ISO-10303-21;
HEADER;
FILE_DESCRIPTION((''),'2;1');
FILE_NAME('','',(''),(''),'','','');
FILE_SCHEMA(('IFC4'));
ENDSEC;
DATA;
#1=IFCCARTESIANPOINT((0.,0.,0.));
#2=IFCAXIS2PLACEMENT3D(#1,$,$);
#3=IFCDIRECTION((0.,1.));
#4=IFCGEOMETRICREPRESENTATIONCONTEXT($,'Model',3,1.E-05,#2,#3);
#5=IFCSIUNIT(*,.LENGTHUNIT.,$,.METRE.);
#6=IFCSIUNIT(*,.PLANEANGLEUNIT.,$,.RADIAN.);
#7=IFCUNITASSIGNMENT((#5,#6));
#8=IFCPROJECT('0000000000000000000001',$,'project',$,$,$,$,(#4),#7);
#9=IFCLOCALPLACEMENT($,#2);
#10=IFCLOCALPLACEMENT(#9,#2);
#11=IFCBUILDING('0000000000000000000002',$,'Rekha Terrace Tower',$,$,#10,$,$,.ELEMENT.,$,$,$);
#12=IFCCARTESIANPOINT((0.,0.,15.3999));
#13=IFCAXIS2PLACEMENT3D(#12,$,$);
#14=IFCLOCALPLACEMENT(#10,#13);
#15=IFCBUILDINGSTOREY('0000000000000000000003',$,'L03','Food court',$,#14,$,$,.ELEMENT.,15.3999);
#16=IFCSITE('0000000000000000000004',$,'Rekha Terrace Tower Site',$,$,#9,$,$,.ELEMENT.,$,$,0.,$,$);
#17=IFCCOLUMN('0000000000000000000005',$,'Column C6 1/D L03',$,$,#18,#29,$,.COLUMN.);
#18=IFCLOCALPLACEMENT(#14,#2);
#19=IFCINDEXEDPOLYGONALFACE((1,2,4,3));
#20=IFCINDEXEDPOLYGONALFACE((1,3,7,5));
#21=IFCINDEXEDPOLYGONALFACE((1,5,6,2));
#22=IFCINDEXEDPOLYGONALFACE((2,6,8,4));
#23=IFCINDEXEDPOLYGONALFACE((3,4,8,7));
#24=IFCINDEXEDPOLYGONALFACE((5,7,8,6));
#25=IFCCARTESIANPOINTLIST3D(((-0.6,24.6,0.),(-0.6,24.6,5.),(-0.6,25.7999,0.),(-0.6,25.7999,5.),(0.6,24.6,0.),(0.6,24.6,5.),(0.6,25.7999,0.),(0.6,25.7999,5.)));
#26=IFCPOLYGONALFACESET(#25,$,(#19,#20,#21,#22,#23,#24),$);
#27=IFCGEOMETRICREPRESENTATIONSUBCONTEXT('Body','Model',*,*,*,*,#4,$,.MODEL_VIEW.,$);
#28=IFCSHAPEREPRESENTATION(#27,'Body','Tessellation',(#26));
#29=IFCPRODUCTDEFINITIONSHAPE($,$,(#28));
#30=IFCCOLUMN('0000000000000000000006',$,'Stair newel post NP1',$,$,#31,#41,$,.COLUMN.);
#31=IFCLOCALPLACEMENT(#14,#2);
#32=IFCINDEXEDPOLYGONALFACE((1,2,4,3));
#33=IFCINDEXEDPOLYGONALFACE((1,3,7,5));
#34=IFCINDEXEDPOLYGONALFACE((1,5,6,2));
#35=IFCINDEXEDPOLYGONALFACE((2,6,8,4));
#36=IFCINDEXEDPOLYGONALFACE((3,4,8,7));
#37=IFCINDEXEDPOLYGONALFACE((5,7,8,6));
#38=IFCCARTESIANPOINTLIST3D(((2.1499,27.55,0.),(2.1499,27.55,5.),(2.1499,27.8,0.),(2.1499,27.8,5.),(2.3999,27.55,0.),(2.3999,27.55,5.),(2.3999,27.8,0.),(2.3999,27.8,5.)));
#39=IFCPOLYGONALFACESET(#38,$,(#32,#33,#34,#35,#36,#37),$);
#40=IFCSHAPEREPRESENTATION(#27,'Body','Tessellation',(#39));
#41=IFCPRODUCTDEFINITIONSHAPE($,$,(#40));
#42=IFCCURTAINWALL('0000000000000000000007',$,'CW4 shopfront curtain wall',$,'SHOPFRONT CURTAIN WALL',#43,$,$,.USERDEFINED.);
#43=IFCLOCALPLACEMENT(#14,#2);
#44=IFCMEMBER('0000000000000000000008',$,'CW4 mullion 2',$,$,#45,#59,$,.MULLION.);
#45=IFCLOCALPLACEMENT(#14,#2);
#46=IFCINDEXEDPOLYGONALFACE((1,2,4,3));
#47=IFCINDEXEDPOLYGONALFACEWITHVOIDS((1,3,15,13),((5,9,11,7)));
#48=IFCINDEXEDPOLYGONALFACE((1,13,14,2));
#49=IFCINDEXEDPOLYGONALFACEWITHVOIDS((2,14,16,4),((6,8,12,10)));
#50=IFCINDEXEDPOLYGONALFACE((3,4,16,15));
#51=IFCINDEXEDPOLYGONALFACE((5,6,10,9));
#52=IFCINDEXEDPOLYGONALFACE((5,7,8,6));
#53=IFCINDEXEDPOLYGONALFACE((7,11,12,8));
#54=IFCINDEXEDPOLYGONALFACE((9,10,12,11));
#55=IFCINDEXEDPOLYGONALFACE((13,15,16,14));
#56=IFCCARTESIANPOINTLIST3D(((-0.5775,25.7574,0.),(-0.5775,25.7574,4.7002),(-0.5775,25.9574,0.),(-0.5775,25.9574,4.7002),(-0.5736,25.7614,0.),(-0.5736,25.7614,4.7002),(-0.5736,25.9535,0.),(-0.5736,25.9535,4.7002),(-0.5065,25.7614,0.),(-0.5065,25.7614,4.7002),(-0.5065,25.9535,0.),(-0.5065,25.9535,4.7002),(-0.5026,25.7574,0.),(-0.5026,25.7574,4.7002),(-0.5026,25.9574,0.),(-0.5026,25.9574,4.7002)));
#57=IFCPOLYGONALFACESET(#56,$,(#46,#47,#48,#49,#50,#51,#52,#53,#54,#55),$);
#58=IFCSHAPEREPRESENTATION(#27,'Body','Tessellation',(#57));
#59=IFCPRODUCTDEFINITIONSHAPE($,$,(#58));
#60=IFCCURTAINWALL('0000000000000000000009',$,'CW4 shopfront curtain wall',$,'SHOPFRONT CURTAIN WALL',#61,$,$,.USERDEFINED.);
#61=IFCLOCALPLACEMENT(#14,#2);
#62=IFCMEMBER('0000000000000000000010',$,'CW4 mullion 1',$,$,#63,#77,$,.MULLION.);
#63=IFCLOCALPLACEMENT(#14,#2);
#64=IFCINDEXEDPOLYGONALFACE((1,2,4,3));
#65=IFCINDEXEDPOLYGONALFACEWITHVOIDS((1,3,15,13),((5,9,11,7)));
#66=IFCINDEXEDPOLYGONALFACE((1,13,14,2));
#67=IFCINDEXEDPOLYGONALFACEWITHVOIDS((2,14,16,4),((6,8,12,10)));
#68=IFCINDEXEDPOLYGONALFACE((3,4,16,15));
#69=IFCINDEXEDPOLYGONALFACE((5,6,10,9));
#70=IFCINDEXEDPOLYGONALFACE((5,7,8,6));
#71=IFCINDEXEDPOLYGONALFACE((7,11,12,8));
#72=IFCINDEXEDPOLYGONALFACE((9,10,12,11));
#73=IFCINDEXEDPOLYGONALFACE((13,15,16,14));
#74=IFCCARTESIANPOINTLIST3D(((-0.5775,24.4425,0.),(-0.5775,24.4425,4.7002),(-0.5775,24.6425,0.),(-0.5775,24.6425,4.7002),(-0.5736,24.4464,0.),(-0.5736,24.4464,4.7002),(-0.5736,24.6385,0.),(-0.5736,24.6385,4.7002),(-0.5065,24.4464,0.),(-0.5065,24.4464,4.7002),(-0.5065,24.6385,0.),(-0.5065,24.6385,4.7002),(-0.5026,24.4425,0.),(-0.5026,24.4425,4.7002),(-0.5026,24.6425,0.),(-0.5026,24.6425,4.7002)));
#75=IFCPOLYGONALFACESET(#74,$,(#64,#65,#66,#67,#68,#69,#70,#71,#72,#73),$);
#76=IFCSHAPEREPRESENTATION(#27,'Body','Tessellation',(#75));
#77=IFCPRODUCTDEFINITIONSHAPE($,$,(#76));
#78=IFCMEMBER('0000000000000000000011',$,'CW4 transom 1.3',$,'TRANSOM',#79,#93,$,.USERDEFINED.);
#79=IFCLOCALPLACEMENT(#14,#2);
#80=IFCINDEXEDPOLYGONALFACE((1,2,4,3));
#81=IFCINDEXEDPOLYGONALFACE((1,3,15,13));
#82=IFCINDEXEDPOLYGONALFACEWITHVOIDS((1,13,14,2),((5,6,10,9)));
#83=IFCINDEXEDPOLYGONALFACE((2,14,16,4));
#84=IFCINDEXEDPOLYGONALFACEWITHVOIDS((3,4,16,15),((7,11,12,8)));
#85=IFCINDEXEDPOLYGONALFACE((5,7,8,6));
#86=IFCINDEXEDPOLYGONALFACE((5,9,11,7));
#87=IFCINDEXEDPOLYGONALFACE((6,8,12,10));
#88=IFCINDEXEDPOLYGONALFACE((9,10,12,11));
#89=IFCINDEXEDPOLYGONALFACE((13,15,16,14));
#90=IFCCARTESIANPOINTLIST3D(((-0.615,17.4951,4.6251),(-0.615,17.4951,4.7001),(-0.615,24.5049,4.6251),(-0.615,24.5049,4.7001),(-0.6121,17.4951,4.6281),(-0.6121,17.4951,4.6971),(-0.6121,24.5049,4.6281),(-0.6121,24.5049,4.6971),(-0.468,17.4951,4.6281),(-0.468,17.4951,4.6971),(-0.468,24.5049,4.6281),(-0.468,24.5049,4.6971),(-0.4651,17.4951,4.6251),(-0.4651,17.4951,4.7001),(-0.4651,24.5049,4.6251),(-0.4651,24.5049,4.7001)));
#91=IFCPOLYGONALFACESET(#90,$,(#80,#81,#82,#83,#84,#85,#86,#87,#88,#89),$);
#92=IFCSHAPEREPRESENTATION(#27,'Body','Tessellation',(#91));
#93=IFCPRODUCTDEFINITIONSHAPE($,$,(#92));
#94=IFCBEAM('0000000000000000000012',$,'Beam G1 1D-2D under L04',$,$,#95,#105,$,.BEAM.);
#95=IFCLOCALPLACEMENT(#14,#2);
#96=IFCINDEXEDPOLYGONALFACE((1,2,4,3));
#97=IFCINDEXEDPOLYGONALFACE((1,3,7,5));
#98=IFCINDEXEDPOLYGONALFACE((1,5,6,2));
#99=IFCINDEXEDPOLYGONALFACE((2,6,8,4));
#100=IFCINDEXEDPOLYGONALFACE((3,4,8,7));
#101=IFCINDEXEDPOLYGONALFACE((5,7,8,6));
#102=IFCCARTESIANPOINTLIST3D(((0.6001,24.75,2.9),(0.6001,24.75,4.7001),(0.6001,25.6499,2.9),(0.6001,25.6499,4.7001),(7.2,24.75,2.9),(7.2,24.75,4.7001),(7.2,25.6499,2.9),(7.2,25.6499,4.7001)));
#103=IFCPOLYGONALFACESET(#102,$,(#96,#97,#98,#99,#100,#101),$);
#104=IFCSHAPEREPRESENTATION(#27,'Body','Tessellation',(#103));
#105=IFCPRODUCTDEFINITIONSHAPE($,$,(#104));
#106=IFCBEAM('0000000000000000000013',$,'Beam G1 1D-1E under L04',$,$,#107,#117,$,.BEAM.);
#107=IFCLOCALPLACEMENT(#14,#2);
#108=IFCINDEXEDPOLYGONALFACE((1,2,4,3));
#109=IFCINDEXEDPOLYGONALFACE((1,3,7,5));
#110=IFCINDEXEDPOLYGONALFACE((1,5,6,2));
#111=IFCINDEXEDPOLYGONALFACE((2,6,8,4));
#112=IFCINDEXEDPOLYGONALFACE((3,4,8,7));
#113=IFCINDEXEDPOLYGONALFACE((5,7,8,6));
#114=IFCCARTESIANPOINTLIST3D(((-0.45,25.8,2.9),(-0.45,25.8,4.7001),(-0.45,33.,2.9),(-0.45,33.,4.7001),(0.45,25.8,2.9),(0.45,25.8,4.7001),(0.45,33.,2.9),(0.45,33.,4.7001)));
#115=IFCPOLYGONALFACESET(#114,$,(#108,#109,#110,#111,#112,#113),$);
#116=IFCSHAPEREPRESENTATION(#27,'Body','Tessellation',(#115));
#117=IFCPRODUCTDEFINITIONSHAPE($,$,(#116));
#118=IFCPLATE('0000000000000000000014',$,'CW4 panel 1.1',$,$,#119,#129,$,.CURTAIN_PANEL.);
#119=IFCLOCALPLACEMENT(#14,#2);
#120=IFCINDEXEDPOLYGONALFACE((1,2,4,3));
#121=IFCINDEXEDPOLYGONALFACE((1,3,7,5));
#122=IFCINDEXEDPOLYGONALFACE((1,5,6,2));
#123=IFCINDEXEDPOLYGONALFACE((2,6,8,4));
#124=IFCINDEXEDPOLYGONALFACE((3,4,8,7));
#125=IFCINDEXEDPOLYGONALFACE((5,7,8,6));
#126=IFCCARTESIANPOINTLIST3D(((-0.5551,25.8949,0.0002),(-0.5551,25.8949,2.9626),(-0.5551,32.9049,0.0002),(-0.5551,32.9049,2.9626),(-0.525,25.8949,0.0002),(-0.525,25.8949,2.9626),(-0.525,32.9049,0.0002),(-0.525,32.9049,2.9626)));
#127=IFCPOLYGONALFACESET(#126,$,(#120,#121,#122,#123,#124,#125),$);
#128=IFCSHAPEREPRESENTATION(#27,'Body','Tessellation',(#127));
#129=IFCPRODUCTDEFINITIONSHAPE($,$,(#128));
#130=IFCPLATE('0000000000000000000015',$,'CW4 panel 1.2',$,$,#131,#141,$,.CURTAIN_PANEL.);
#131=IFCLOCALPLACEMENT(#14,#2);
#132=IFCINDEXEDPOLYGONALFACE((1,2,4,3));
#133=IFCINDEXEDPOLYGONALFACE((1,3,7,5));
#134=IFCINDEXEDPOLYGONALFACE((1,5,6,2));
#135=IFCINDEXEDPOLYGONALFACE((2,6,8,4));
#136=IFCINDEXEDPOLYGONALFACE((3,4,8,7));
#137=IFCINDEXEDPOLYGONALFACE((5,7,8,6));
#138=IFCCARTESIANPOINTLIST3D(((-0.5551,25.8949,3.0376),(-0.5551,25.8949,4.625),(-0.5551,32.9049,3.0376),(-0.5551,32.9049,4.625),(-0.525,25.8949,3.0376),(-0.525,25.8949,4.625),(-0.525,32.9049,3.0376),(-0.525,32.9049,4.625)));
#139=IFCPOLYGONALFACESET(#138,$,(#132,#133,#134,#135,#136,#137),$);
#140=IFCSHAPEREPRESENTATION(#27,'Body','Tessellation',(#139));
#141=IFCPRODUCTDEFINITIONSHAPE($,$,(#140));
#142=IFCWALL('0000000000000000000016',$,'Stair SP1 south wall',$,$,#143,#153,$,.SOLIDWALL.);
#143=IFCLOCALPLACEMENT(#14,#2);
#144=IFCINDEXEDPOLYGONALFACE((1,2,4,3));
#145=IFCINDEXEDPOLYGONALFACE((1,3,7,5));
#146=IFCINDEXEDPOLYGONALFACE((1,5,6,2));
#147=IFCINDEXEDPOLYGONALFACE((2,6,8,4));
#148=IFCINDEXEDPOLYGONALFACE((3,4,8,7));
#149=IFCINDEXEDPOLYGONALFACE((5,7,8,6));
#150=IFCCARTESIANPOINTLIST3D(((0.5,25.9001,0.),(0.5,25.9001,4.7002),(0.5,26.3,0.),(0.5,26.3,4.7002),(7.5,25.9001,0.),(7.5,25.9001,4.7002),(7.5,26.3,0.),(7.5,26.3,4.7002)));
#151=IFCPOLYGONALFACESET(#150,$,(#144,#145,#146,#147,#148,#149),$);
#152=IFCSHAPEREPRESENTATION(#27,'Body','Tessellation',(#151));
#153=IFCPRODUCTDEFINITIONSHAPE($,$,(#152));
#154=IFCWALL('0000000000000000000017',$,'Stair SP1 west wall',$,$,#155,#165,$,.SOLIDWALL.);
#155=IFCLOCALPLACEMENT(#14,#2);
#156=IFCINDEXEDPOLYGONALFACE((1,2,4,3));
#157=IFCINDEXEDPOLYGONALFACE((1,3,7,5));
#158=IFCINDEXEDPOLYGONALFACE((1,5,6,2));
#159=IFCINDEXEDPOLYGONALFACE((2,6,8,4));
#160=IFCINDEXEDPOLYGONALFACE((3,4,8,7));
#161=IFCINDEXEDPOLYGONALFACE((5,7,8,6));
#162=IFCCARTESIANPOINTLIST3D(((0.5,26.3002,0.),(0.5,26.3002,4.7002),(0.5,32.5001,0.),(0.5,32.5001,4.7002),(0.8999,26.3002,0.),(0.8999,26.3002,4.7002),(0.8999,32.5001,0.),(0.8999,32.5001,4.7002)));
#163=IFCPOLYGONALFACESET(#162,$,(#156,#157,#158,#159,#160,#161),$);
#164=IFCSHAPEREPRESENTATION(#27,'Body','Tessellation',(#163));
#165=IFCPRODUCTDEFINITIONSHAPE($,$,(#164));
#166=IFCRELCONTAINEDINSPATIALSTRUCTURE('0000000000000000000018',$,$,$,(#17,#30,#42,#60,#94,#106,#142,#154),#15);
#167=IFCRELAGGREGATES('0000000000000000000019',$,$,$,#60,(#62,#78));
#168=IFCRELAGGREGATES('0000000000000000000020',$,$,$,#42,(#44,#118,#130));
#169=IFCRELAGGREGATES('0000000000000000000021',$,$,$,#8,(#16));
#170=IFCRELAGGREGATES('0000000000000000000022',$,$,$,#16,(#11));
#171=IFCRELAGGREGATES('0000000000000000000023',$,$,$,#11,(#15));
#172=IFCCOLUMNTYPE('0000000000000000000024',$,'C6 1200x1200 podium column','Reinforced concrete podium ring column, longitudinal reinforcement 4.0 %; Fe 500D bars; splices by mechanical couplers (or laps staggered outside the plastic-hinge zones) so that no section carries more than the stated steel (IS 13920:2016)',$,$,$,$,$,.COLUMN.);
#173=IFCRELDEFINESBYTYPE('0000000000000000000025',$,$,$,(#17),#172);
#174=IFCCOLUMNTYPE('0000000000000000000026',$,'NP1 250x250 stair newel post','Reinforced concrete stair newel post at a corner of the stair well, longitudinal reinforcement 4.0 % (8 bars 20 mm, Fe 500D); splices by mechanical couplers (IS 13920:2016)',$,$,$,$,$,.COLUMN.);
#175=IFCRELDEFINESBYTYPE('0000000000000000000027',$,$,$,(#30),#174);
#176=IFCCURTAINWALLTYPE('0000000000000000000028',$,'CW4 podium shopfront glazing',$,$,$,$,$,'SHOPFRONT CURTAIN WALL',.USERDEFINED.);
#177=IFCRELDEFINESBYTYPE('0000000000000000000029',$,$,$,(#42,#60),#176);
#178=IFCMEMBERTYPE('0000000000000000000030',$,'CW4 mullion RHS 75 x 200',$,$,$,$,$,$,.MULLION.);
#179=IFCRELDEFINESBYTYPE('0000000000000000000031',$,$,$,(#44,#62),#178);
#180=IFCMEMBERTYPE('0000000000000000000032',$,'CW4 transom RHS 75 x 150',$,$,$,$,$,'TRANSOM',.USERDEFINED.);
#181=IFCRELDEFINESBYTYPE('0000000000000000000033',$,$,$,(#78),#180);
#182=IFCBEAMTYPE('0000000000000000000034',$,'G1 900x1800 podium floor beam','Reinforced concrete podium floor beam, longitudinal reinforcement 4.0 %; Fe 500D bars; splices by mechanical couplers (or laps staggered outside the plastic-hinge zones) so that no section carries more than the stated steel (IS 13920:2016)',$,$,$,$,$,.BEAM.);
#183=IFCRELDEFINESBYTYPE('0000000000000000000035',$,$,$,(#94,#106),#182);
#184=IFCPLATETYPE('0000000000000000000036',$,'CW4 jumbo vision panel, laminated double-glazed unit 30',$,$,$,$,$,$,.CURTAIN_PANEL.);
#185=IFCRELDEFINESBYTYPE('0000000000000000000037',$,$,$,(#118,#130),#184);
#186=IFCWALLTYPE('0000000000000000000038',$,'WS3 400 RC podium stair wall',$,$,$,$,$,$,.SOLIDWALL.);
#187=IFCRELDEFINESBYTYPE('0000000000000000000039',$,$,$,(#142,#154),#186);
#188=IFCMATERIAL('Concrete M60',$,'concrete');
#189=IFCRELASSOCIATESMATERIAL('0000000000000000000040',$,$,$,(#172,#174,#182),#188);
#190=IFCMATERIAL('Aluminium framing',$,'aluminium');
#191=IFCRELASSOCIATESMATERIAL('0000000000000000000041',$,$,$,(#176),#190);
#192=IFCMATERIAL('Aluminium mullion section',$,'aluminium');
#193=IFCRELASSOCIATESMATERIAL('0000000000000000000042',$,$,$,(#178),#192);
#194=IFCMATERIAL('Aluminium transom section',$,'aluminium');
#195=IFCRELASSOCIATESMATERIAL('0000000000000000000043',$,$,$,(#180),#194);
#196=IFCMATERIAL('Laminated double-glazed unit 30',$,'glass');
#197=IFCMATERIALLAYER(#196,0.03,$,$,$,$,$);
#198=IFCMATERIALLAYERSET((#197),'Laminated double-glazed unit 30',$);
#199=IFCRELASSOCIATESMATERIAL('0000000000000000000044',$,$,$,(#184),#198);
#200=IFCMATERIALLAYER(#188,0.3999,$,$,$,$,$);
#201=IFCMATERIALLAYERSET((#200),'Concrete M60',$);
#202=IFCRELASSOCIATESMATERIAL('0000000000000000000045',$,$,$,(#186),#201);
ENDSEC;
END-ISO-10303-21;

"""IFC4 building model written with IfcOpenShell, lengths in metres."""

from ifc_helpers import new_model, si_unit, direction, frame, frame_2d, origin, origin_2d, place, context, subcontext, project, spatial, rectangle, hollow_rectangle, extrude, material, layer, layer_set, material_profile, profile_set, type_object, element, aggregate, save


model = new_model("IFC4")

# Units and contexts
model_context = context("Model", 3, precision=1e-05, world=origin(), true_north=direction((0.0, 1.0)))
body_context = subcontext(model_context, "Body", "Model", "MODEL_VIEW")
ifc_project = project(units=[si_unit("LENGTHUNIT", "METRE"), si_unit("PLANEANGLEUNIT", "RADIAN")], contexts=[model_context])

# Site, building, storey
site_placement = place(None, origin())
site = spatial("IfcSite", under=ifc_project, at=site_placement, Name="Rekha Terrace Tower Site", CompositionType="ELEMENT", RefElevation=0.0)
building_placement = place(site_placement, origin())
building = spatial("IfcBuilding", under=site, at=building_placement, Name="Rekha Terrace Tower", CompositionType="ELEMENT")
storey_placement = place(building_placement, frame((0.0, 0.0, 15.3999)))
storey = spatial("IfcBuildingStorey", under=building, at=storey_placement, Name="L03", Description="Food court", CompositionType="ELEMENT", Elevation=15.3999)

# Columns
ifc_material_1 = material(Name="Concrete M60", Category="concrete")
ifc_material_profile_1 = material_profile(ifc_material_1, rectangle(XDim=1.2, YDim=1.2, at=origin_2d()), Name="RC 1200x1200")
ifc_profile_set_1 = profile_set([ifc_material_profile_1], Name="Concrete M60")
column_type_1 = type_object("IfcColumnType", Name="C6 1200x1200 podium column", Description="Reinforced concrete podium ring column, longitudinal reinforcement 4.0 %; Fe 500D bars; splices by mechanical couplers (or laps staggered outside the plastic-hinge zones) so that no section carries more than the stated steel (IS 13920:2016)", PredefinedType="COLUMN", material=ifc_profile_set_1)
column_1_placement = place(storey_placement, frame((0.0, 25.2, 0.0), z_axis=(0.0, 0.0, 1.0), x_axis=(1.0, 0.0, 0.0)))
element("IfcColumn", 1, at=column_1_placement, inside=storey, type_object=column_type_1, Name="Column C6 1/D L03", PredefinedType="COLUMN", context=body_context, shape_type="SweptSolid", body=[
    extrude(rectangle(XDim=1.2, YDim=1.2, at=origin_2d()), origin(), (0.0, 0.0, 1.0), 5.0),
])
ifc_material_profile_2 = material_profile(ifc_material_1, rectangle(XDim=0.25, YDim=0.25, at=origin_2d()), Name="RC 250x250")
ifc_profile_set_2 = profile_set([ifc_material_profile_2], Name="Concrete M60")
column_type_2 = type_object("IfcColumnType", Name="NP1 250x250 stair newel post", Description="Reinforced concrete stair newel post at a corner of the stair well, longitudinal reinforcement 4.0 % (8 bars 20 mm, Fe 500D); splices by mechanical couplers (IS 13920:2016)", PredefinedType="COLUMN", material=ifc_profile_set_2)
column_2_placement = place(storey_placement, frame((2.2749, 27.675, 0.0), z_axis=(0.0, 0.0, 1.0), x_axis=(1.0, 0.0, 0.0)))
element("IfcColumn", 2, at=column_2_placement, inside=storey, type_object=column_type_2, Name="Stair newel post NP1", PredefinedType="COLUMN", context=body_context, shape_type="SweptSolid", body=[
    extrude(rectangle(XDim=0.25, YDim=0.25, at=origin_2d()), origin(), (0.0, 0.0, 1.0), 5.0),
])

# Curtain wall, member
ifc_material_2 = material(Name="Aluminium framing", Category="aluminium")
curtain_wall_type = type_object("IfcCurtainWallType", Name="CW4 podium shopfront glazing", ElementType="SHOPFRONT CURTAIN WALL", PredefinedType="USERDEFINED", material=ifc_material_2)
curtain_wall_1_placement = place(storey_placement, origin())
curtain_wall_1 = element("IfcCurtainWall", 3, at=curtain_wall_1_placement, inside=storey, type_object=curtain_wall_type, Name="CW4 shopfront curtain wall", ObjectType="SHOPFRONT CURTAIN WALL", PredefinedType="USERDEFINED")
ifc_material_3 = material(Name="Aluminium mullion section", Category="aluminium")
ifc_material_profile_3 = material_profile(ifc_material_3, hollow_rectangle(XDim=0.075, YDim=0.2, WallThickness=0.0039, at=origin_2d()), Name="AL RHS 75x200")
ifc_profile_set_3 = profile_set([ifc_material_profile_3], Name="Aluminium mullion section")
member_type_1 = type_object("IfcMemberType", Name="CW4 mullion RHS 75 x 200", PredefinedType="MULLION", material=ifc_profile_set_3)
member_1_placement = place(storey_placement, frame((-0.54, 25.8574, 0.0), z_axis=(0.0, 0.0, 1.0), x_axis=(1.0, 0.0, 0.0)))
member_1 = element("IfcMember", 4, at=member_1_placement, type_object=member_type_1, Name="CW4 mullion 2", PredefinedType="MULLION", context=body_context, shape_type="SweptSolid", body=[
    extrude(hollow_rectangle(XDim=0.075, YDim=0.2, WallThickness=0.0039, at=origin_2d()), origin(), (0.0, 0.0, 1.0), 4.7002),
])

# Curtain wall, members
curtain_wall_2_placement = place(storey_placement, origin())
curtain_wall_2 = element("IfcCurtainWall", 5, at=curtain_wall_2_placement, inside=storey, type_object=curtain_wall_type, Name="CW4 shopfront curtain wall", ObjectType="SHOPFRONT CURTAIN WALL", PredefinedType="USERDEFINED")
member_2_placement = place(storey_placement, frame((-0.54, 24.5425, 0.0), z_axis=(0.0, 0.0, 1.0), x_axis=(1.0, 0.0, 0.0)))
member_2 = element("IfcMember", 6, at=member_2_placement, type_object=member_type_1, Name="CW4 mullion 1", PredefinedType="MULLION", context=body_context, shape_type="SweptSolid", body=[
    extrude(hollow_rectangle(XDim=0.075, YDim=0.2, WallThickness=0.0039, at=origin_2d()), origin(), (0.0, 0.0, 1.0), 4.7002),
])
ifc_material_4 = material(Name="Aluminium transom section", Category="aluminium")
ifc_material_profile_4 = material_profile(ifc_material_4, hollow_rectangle(XDim=0.1499, YDim=0.075, WallThickness=0.0029, at=origin_2d()), Name="AL RHS 150x75")
ifc_profile_set_4 = profile_set([ifc_material_profile_4], Name="Aluminium transom section")
member_type_2 = type_object("IfcMemberType", Name="CW4 transom RHS 75 x 150", ElementType="TRANSOM", PredefinedType="USERDEFINED", material=ifc_profile_set_4)
member_3_placement = place(storey_placement, frame((-0.54, 24.5049, 4.6626), z_axis=(0.0, -1.0, 0.0), x_axis=(1.0, 0.0, 0.0)))
member_3 = element("IfcMember", 7, at=member_3_placement, type_object=member_type_2, Name="CW4 transom 1.3", ObjectType="TRANSOM", PredefinedType="USERDEFINED", context=body_context, shape_type="SweptSolid", body=[
    extrude(hollow_rectangle(XDim=0.1499, YDim=0.075, WallThickness=0.0029, at=origin_2d()), origin(), (0.0, 0.0, 1.0), 7.0098),
])
aggregate(curtain_wall_2, [member_2, member_3])

# Beams
ifc_material_profile_5 = material_profile(ifc_material_1, rectangle(XDim=0.8999, YDim=1.8, at=origin_2d()), Name="RC 900x1800")
ifc_profile_set_5 = profile_set([ifc_material_profile_5], Name="Concrete M60")
beam_type = type_object("IfcBeamType", Name="G1 900x1800 podium floor beam", Description="Reinforced concrete podium floor beam, longitudinal reinforcement 4.0 %; Fe 500D bars; splices by mechanical couplers (or laps staggered outside the plastic-hinge zones) so that no section carries more than the stated steel (IS 13920:2016)", PredefinedType="BEAM", material=ifc_profile_set_5)
beam_1_placement = place(storey_placement, frame((0.6001, 25.2, 3.8), z_axis=(1.0, 0.0, 0.0), x_axis=(0.0, 1.0, 0.0)))
element("IfcBeam", 8, at=beam_1_placement, inside=storey, type_object=beam_type, Name="Beam G1 1D-2D under L04", PredefinedType="BEAM", context=body_context, shape_type="SweptSolid", body=[
    extrude(rectangle(XDim=0.8999, YDim=1.8, at=origin_2d()), origin(), (0.0, 0.0, 1.0), 6.5999),
])
beam_2_placement = place(storey_placement, frame((0.0, 25.8, 3.8), z_axis=(0.0, 1.0, 0.0), x_axis=(-1.0, 0.0, 0.0)))
element("IfcBeam", 9, at=beam_2_placement, inside=storey, type_object=beam_type, Name="Beam G1 1D-1E under L04", PredefinedType="BEAM", context=body_context, shape_type="SweptSolid", body=[
    extrude(rectangle(XDim=0.8999, YDim=1.8, at=origin_2d()), origin(), (0.0, 0.0, 1.0), 7.2),
])

# Plates
ifc_material_5 = material(Name="Laminated double-glazed unit 30", Category="glass")
ifc_layer_1 = layer(ifc_material_5, 0.03)
ifc_layer_set_1 = layer_set([ifc_layer_1], Name="Laminated double-glazed unit 30")
plate_type = type_object("IfcPlateType", Name="CW4 jumbo vision panel, laminated double-glazed unit 30", PredefinedType="CURTAIN_PANEL", material=ifc_layer_set_1)
plate_1_placement = place(storey_placement, frame((-0.54, 29.3999, 0.0002), z_axis=(0.0, 0.0, 1.0), x_axis=(0.0, -1.0, 0.0)))
plate_1 = element("IfcPlate", 10, at=plate_1_placement, type_object=plate_type, Name="CW4 panel 1.1", PredefinedType="CURTAIN_PANEL", context=body_context, shape_type="SweptSolid", body=[
    extrude(rectangle(XDim=7.01, YDim=0.03, at=origin_2d()), origin(), (0.0, 0.0, 1.0), 2.9624),
])
plate_2_placement = place(storey_placement, frame((-0.54, 29.3999, 3.0376), z_axis=(0.0, 0.0, 1.0), x_axis=(0.0, -1.0, 0.0)))
plate_2 = element("IfcPlate", 11, at=plate_2_placement, type_object=plate_type, Name="CW4 panel 1.2", PredefinedType="CURTAIN_PANEL", context=body_context, shape_type="SweptSolid", body=[
    extrude(rectangle(XDim=7.01, YDim=0.03, at=origin_2d()), origin(), (0.0, 0.0, 1.0), 1.5874),
])
aggregate(curtain_wall_1, [member_1, plate_1, plate_2])

# Walls
ifc_layer_2 = layer(ifc_material_1, 0.3999)
ifc_layer_set_2 = layer_set([ifc_layer_2], Name="Concrete M60")
wall_type = type_object("IfcWallType", Name="WS3 400 RC podium stair wall", PredefinedType="SOLIDWALL", material=ifc_layer_set_2)
wall_1_placement = place(storey_placement, frame((0.5, 26.1001, 0.0), z_axis=(0.0, 0.0, 1.0), x_axis=(1.0, 0.0, 0.0)))
element("IfcWall", 12, at=wall_1_placement, inside=storey, type_object=wall_type, Name="Stair SP1 south wall", PredefinedType="SOLIDWALL", context=body_context, shape_type="SweptSolid", body=[
    extrude(rectangle(XDim=7.0, YDim=0.3999, at=frame_2d((3.5, 0.0))), origin(), (0.0, 0.0, 1.0), 4.7002),
])
wall_2_placement = place(storey_placement, frame((0.7, 26.3, 0.0), z_axis=(0.0, 0.0, 1.0), x_axis=(0.0, 1.0, 0.0)))
element("IfcWall", 13, at=wall_2_placement, inside=storey, type_object=wall_type, Name="Stair SP1 west wall", PredefinedType="SOLIDWALL", context=body_context, shape_type="SweptSolid", body=[
    extrude(rectangle(XDim=6.2, YDim=0.3999, at=frame_2d((3.1001, 0.0))), origin(), (0.0, 0.0, 1.0), 4.7002),
])

save(model, "model.ifc")
